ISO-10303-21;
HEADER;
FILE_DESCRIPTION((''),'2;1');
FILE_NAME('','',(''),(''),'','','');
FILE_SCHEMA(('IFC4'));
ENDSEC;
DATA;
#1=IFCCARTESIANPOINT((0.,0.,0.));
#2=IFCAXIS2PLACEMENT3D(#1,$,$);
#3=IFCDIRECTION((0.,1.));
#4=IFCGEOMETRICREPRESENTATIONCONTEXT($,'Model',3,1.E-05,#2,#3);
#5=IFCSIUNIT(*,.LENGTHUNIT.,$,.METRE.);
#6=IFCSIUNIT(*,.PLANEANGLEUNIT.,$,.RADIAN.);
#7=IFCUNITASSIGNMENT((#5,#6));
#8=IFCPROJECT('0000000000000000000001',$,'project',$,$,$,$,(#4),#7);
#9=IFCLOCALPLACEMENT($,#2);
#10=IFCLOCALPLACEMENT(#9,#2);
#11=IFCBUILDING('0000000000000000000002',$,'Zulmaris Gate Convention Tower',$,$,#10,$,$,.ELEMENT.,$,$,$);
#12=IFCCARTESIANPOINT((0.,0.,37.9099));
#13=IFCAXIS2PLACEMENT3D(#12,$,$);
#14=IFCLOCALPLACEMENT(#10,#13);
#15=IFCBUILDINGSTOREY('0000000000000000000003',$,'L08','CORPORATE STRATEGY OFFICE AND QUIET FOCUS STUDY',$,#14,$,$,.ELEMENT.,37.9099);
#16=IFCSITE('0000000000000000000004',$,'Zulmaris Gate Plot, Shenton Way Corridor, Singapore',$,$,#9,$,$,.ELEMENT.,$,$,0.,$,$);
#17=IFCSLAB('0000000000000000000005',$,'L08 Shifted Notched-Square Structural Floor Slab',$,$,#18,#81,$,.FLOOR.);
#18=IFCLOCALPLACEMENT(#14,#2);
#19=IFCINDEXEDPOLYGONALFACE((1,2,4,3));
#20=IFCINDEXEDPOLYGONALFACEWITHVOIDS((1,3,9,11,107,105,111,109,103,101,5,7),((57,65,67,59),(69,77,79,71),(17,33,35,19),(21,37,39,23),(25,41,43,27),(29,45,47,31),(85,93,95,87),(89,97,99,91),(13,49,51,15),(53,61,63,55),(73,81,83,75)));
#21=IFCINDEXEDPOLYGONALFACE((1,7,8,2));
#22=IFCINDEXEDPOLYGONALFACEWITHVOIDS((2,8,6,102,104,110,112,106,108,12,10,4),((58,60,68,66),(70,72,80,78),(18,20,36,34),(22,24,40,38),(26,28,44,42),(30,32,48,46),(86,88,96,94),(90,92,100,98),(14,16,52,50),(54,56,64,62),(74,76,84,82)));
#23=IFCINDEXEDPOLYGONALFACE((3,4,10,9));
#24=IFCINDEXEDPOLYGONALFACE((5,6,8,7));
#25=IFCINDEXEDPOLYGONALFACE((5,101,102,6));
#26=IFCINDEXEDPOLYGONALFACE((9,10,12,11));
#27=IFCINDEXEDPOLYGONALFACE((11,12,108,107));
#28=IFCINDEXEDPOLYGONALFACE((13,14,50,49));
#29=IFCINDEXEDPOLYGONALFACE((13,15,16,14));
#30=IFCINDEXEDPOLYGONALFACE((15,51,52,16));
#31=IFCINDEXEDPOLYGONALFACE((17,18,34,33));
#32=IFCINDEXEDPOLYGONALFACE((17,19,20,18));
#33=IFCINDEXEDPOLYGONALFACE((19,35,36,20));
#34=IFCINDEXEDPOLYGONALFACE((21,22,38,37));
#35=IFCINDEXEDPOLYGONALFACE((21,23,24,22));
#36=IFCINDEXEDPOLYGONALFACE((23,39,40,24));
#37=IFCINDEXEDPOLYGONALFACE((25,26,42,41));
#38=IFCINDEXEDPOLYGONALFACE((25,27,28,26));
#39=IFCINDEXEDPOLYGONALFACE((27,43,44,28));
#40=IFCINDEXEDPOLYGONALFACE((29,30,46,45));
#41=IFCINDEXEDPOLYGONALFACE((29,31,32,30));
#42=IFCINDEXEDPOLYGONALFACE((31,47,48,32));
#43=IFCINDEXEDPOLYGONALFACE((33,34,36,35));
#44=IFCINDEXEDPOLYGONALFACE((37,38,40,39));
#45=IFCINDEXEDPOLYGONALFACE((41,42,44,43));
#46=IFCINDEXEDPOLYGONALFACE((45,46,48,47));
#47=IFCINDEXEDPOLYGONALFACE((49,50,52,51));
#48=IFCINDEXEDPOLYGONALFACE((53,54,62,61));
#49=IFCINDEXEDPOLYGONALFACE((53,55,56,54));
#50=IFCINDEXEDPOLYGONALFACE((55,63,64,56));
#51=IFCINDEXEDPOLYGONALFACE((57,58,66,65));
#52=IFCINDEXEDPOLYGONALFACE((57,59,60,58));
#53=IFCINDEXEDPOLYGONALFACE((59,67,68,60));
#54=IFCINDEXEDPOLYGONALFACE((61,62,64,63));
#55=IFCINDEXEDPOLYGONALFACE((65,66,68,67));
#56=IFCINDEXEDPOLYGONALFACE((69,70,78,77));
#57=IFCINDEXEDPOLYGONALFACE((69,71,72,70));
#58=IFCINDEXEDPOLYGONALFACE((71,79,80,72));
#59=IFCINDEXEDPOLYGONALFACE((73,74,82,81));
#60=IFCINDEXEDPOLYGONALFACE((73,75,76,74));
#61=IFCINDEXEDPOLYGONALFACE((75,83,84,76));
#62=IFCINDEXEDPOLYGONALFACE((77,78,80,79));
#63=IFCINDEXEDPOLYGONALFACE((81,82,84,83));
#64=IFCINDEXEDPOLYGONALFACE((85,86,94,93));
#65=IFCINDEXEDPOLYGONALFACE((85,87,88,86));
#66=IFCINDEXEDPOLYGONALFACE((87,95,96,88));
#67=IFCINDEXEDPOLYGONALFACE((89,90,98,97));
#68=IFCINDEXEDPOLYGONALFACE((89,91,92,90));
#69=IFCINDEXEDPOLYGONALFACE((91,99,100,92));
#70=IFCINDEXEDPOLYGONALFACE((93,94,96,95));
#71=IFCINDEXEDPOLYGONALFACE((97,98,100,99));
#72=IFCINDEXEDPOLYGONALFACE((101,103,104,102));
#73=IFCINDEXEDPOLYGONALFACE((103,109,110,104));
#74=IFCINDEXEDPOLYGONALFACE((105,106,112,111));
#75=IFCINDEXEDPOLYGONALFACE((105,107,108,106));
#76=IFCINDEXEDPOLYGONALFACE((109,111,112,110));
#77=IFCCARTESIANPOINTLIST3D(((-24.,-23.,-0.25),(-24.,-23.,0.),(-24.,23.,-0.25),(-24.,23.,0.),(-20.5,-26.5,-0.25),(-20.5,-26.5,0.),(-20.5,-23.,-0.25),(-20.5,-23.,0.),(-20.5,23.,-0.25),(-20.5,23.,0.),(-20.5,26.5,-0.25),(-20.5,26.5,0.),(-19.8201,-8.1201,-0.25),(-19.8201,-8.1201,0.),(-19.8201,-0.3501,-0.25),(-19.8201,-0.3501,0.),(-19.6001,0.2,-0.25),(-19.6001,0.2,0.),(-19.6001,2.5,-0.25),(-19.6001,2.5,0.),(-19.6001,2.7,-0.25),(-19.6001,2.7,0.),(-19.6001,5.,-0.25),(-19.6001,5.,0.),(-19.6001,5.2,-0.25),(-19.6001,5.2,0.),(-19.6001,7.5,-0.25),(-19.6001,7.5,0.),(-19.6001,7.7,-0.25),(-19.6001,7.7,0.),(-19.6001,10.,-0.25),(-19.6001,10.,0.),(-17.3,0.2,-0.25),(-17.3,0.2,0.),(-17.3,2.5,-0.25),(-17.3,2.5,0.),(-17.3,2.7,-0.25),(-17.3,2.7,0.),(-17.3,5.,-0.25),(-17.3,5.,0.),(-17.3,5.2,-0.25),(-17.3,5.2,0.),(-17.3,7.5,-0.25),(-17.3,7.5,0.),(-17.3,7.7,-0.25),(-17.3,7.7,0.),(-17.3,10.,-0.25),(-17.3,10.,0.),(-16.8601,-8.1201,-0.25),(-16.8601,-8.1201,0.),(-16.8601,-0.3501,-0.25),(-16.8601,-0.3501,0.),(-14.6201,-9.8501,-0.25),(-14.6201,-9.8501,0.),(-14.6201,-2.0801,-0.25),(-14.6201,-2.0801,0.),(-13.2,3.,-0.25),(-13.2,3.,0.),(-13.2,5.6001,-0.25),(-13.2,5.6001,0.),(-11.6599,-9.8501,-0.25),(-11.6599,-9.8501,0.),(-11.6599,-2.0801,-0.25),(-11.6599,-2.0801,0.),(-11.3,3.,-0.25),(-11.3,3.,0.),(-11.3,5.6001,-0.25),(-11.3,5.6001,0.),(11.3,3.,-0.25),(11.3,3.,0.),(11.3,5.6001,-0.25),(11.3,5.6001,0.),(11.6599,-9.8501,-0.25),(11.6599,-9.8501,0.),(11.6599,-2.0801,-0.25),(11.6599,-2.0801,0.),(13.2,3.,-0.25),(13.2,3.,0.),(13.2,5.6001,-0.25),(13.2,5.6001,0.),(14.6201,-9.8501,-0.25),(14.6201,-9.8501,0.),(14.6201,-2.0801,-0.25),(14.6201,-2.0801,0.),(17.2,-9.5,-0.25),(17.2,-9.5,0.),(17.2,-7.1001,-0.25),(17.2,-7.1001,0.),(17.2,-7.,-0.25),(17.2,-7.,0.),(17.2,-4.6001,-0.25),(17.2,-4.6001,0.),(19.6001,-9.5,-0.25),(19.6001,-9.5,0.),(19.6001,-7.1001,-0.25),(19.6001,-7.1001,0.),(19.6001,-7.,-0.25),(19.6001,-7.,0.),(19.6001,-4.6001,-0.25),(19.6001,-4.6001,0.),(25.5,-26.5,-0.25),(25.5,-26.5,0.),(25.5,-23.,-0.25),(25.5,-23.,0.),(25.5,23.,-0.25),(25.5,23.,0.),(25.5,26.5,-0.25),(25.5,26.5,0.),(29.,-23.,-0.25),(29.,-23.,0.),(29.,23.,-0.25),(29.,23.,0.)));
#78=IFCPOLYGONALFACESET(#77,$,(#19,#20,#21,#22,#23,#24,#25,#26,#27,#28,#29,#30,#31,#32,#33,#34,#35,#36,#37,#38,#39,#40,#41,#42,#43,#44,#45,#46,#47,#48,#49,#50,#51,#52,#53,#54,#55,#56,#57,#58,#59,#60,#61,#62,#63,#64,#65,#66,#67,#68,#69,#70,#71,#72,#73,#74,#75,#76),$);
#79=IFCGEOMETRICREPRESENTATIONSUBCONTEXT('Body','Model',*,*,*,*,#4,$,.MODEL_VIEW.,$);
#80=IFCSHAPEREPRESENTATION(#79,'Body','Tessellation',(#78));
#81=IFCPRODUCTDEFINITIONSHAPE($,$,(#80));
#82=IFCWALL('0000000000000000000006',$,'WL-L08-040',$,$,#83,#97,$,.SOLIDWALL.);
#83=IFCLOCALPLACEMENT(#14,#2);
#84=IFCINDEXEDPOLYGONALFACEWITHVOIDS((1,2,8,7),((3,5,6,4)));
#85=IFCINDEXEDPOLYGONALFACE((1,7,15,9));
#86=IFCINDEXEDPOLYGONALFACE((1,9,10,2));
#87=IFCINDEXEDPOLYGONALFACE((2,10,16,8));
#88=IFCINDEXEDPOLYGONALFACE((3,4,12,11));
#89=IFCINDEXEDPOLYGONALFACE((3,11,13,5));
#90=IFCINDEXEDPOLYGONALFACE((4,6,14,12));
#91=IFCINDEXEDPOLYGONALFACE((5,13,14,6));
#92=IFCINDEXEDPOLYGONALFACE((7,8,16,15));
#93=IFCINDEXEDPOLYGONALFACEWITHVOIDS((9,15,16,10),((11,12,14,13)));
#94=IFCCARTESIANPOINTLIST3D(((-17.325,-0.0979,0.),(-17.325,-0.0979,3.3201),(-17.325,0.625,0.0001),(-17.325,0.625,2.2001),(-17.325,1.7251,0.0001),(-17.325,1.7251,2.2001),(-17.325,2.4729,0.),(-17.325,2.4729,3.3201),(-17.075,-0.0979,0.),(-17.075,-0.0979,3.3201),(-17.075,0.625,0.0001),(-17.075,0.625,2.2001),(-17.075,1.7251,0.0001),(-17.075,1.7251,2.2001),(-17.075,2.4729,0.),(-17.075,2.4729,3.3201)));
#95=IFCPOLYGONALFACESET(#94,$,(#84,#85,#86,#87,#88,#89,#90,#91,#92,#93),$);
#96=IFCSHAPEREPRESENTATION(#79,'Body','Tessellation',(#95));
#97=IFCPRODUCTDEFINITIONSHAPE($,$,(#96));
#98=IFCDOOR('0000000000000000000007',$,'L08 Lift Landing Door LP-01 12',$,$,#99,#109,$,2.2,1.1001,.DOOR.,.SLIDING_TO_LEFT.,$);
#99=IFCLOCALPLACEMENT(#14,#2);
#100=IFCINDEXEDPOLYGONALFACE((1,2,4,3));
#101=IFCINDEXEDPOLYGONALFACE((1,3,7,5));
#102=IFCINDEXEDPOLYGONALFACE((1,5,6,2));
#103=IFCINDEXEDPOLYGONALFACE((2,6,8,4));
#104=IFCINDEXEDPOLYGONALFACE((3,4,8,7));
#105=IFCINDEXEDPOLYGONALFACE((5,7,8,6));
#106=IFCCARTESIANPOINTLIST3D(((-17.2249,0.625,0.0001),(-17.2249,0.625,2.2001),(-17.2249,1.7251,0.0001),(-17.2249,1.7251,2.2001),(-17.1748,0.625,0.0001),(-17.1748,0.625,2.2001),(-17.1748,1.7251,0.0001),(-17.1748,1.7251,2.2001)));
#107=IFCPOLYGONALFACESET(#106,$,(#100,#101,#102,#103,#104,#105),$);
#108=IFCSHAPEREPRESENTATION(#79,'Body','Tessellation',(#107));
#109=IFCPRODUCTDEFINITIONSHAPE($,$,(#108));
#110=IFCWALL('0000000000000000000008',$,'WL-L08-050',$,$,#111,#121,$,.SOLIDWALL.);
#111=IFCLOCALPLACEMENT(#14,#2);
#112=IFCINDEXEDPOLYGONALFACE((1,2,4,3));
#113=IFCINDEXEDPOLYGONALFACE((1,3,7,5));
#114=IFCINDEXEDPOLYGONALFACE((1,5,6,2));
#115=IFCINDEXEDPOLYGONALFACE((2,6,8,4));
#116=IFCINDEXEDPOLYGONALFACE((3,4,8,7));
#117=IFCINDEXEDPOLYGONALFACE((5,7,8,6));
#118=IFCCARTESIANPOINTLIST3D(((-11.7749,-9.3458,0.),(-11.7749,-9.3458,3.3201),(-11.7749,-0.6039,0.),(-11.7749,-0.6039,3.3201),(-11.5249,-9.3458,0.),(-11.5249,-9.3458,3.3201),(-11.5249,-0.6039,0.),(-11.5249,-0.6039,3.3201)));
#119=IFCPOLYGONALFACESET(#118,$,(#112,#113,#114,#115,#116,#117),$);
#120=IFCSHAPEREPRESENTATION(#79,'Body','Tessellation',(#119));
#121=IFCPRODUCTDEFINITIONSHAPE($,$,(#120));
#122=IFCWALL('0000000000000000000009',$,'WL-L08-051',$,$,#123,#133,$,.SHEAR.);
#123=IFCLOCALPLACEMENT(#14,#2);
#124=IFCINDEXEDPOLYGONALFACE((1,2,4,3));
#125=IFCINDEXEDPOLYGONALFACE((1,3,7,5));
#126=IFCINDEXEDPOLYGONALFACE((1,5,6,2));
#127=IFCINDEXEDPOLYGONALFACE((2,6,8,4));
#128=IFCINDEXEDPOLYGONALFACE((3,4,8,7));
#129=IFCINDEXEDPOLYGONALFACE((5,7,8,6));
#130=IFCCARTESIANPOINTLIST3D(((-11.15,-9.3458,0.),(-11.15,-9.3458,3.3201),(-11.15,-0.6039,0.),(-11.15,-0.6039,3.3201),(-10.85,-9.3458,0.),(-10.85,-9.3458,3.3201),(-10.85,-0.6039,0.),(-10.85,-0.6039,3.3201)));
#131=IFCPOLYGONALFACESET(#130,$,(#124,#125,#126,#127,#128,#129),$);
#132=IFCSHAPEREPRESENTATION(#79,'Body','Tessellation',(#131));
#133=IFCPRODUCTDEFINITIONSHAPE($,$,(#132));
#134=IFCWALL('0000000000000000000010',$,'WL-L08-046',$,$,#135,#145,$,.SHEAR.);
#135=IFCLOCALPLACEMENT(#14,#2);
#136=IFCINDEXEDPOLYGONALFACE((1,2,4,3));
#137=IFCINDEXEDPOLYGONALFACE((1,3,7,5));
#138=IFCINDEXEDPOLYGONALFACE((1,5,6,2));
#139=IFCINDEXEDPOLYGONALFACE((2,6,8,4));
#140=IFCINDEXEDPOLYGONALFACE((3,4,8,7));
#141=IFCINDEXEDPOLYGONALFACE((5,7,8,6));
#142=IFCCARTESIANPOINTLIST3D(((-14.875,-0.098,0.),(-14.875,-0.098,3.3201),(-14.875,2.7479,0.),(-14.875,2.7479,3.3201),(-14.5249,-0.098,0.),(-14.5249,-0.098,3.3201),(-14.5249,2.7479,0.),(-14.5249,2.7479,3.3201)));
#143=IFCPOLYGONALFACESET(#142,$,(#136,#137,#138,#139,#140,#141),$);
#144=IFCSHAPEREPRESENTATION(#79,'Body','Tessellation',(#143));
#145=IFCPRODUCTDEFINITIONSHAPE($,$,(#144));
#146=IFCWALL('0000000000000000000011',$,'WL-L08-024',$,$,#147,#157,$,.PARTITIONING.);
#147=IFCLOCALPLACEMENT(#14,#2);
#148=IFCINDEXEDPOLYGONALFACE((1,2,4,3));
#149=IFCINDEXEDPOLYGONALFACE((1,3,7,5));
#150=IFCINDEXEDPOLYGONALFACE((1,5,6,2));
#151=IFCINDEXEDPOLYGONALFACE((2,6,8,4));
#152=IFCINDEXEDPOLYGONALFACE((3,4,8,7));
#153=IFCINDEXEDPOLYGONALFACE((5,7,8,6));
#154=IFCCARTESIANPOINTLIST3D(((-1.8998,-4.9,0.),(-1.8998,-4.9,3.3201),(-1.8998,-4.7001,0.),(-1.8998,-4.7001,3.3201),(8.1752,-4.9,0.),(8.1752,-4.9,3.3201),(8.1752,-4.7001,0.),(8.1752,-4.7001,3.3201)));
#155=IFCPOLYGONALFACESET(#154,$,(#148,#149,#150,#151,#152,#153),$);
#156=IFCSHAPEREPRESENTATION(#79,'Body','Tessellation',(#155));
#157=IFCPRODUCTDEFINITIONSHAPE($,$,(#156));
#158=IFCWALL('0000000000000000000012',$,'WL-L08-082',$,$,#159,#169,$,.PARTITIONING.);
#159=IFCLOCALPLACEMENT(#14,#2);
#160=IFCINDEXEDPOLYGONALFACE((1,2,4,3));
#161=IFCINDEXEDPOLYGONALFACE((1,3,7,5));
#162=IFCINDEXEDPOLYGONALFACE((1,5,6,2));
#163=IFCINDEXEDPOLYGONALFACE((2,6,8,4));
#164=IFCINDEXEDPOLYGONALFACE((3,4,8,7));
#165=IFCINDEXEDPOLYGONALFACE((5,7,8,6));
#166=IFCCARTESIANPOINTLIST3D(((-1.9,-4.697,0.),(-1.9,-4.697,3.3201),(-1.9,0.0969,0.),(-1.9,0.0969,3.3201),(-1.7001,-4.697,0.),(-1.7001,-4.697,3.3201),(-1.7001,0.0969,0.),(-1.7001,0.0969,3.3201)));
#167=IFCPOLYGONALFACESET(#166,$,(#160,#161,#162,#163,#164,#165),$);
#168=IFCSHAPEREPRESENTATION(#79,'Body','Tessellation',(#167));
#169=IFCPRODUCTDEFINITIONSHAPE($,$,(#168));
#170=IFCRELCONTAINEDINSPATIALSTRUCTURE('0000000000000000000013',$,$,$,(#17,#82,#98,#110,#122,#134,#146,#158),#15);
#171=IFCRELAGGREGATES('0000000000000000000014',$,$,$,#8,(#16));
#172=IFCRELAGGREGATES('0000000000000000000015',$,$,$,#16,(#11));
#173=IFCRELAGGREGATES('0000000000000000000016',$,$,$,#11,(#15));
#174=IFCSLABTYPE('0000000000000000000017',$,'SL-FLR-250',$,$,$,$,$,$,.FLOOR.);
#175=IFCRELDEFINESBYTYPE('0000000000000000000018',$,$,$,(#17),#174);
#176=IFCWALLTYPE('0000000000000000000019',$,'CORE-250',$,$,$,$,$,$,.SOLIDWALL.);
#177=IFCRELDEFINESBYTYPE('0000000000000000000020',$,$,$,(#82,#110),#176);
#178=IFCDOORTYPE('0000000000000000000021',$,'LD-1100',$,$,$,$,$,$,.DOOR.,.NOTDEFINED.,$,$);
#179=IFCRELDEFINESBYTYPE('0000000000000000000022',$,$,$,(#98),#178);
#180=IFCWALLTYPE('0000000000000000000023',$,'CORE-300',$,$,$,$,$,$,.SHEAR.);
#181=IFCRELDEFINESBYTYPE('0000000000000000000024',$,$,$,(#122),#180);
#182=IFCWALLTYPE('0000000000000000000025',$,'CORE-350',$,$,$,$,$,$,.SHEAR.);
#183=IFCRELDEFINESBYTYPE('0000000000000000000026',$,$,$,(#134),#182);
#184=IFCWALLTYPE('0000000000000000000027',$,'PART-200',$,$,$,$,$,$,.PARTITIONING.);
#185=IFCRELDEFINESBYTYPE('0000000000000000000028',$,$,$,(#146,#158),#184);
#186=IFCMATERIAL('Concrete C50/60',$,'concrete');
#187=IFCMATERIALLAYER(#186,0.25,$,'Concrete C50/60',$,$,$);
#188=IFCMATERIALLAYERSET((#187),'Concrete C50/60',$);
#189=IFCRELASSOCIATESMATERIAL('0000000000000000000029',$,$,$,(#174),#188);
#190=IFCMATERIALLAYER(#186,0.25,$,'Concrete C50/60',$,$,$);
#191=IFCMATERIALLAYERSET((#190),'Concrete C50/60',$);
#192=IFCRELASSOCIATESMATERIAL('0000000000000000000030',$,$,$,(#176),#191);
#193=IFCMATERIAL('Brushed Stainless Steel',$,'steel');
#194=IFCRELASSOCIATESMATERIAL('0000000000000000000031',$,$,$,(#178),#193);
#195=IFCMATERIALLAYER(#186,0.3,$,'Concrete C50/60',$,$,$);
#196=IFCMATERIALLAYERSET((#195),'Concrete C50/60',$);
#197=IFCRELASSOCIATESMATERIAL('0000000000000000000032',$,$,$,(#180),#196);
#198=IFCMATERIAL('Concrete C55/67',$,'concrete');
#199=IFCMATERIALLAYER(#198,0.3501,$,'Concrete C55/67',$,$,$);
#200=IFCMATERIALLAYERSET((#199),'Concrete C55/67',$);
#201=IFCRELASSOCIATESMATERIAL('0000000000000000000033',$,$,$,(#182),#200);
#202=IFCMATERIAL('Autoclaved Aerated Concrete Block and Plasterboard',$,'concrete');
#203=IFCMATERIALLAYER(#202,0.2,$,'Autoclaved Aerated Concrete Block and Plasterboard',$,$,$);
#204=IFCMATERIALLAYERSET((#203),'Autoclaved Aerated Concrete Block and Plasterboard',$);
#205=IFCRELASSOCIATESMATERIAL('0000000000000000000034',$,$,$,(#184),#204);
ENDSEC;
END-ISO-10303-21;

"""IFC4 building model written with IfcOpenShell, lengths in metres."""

from ifc_helpers import new_model, si_unit, direction, frame, frame_2d, origin, place, context, subcontext, project, spatial, polyline, rectangle, outline, extrude, material, layer, layer_set, type_object, element, fill, save


model = new_model("IFC4")

# Units and contexts
model_context = context("Model", 3, precision=1e-05, world=origin(), true_north=direction((0.0, 1.0)))
body_context = subcontext(model_context, "Body", "Model", "MODEL_VIEW")
ifc_project = project(units=[si_unit("LENGTHUNIT", "METRE"), si_unit("PLANEANGLEUNIT", "RADIAN")], contexts=[model_context])

# Site, building, storey
site_placement = place(None, origin())
site = spatial("IfcSite", under=ifc_project, at=site_placement, Name="Zulmaris Gate Plot, Shenton Way Corridor, Singapore", CompositionType="ELEMENT", RefElevation=0.0)
building_placement = place(site_placement, origin())
building = spatial("IfcBuilding", under=site, at=building_placement, Name="Zulmaris Gate Convention Tower", CompositionType="ELEMENT")
storey_placement = place(building_placement, frame((0.0, 0.0, 37.9099)))
storey = spatial("IfcBuildingStorey", under=building, at=storey_placement, Name="L08", Description="CORPORATE STRATEGY OFFICE AND QUIET FOCUS STUDY", CompositionType="ELEMENT", Elevation=37.9099)

# Slab
ifc_material_1 = material(Name="Concrete C50/60", Category="concrete")
ifc_layer_1 = layer(ifc_material_1, 0.25, Name="Concrete C50/60")
ifc_layer_set_1 = layer_set([ifc_layer_1], Name="Concrete C50/60")
slab_type_1 = type_object("IfcSlabType", Name="SL-FLR-250", PredefinedType="FLOOR", material=ifc_layer_set_1)
slab_1_placement = place(storey_placement, frame((0.0, 0.0, -0.25)))
element("IfcSlab", 1, at=slab_1_placement, inside=storey, type_object=slab_type_1, Name="L08 Shifted Notched-Square Structural Floor Slab", PredefinedType="FLOOR", context=body_context, shape_type="SweptSolid", body=[
    extrude(outline(polyline([(-20.5, -26.5), (25.5, -26.5), (25.5, -23.0), (29.0, -23.0), (29.0, 23.0), (25.5, 23.0), (25.5, 26.5), (-20.5, 26.5), (-20.5, 23.0), (-24.0, 23.0), (-24.0, -23.0), (-20.5, -23.0), (-20.5, -26.5)]), holes=[polyline([(-14.6201, -2.0801), (-14.6201, -9.8501), (-11.6599, -9.8501), (-11.6599, -2.0801), (-14.6201, -2.0801)]), polyline([(11.6599, -2.0801), (11.6599, -9.8501), (14.6201, -9.8501), (14.6201, -2.0801), (11.6599, -2.0801)]), polyline([(-16.8601, -8.1201), (-16.8601, -0.3501), (-19.8201, -0.3501), (-19.8201, -8.1201), (-16.8601, -8.1201)]), polyline([(-13.2, 3.0), (-11.3, 3.0), (-11.3, 5.6001), (-13.2, 5.6001), (-13.2, 3.0)]), polyline([(11.3, 3.0), (13.2, 3.0), (13.2, 5.6001), (11.3, 5.6001), (11.3, 3.0)]), polyline([(-19.6001, 0.2), (-17.3, 0.2), (-17.3, 2.5), (-19.6001, 2.5), (-19.6001, 0.2)]), polyline([(-19.6001, 2.7), (-17.3, 2.7), (-17.3, 5.0), (-19.6001, 5.0), (-19.6001, 2.7)]), polyline([(-19.6001, 5.2), (-17.3, 5.2), (-17.3, 7.5), (-19.6001, 7.5), (-19.6001, 5.2)]), polyline([(-19.6001, 7.7), (-17.3, 7.7), (-17.3, 10.0), (-19.6001, 10.0), (-19.6001, 7.7)]), polyline([(17.2, -9.5), (19.6001, -9.5), (19.6001, -7.1001), (17.2, -7.1001), (17.2, -9.5)]), polyline([(17.2, -7.0), (19.6001, -7.0), (19.6001, -4.6001), (17.2, -4.6001), (17.2, -7.0)])]), origin(), (0.0, 0.0, 1.0), 0.25),
])

# Wall, opening, door
ifc_layer_2 = layer(ifc_material_1, 0.25, Name="Concrete C50/60")
ifc_layer_set_2 = layer_set([ifc_layer_2], Name="Concrete C50/60")
wall_type_1 = type_object("IfcWallType", Name="CORE-250", PredefinedType="SOLIDWALL", material=ifc_layer_set_2)
wall_1_placement = place(storey_placement, frame((-17.2, -0.0979, 0.0), z_axis=(0.0, 0.0, 1.0), x_axis=(0.0, 1.0, 0.0)))
wall_1 = element("IfcWall", 2, at=wall_1_placement, inside=storey, type_object=wall_type_1, Name="WL-L08-040", PredefinedType="SOLIDWALL", context=body_context, shape_type="SweptSolid", body=[
    extrude(rectangle(XDim=2.5708, YDim=0.25, at=frame_2d((1.2854, 0.0))), origin(), (0.0, 0.0, 1.0), 3.3201),
])
opening_placement = place(wall_1_placement, frame((0.7229, 0.0, 0.0)))
opening = element("IfcOpeningElement", 3, at=opening_placement, cuts=wall_1, PredefinedType="OPENING", context=body_context, shape_type="SweptSolid", body=[
    extrude(rectangle(XDim=1.1001, YDim=2.2, at=frame_2d((0.55, 1.1001))), frame((0.0, 0.135, 0.0), z_axis=(0.0, -1.0, 0.0), x_axis=(1.0, 0.0, 0.0)), (0.0, 0.0, 1.0), 0.27),
])
ifc_material_2 = material(Name="Brushed Stainless Steel", Category="steel")
door_type = type_object("IfcDoorType", Name="LD-1100", OperationType="NOTDEFINED", PredefinedType="DOOR", material=ifc_material_2)
door_placement = place(opening_placement, origin())
door = element("IfcDoor", 4, at=door_placement, inside=storey, type_object=door_type, Name="L08 Lift Landing Door LP-01 12", OperationType="SLIDING_TO_LEFT", OverallHeight=2.2, OverallWidth=1.1001, PredefinedType="DOOR", context=body_context, shape_type="SweptSolid", body=[
    extrude(rectangle(XDim=1.1001, YDim=2.2, at=frame_2d((0.55, 1.1001))), frame((0.0, 0.0249, 0.0), z_axis=(0.0, -1.0, 0.0), x_axis=(1.0, 0.0, 0.0)), (0.0, 0.0, 1.0), 0.05),
])
fill(opening, door)

# Walls
wall_2_placement = place(storey_placement, frame((-11.6499, -9.3459, 0.0), z_axis=(0.0, 0.0, 1.0), x_axis=(0.0, 1.0, 0.0)))
element("IfcWall", 5, at=wall_2_placement, inside=storey, type_object=wall_type_1, Name="WL-L08-050", PredefinedType="SOLIDWALL", context=body_context, shape_type="SweptSolid", body=[
    extrude(rectangle(XDim=8.7419, YDim=0.25, at=frame_2d((4.3711, 0.0))), origin(), (0.0, 0.0, 1.0), 3.3201),
])
ifc_layer_3 = layer(ifc_material_1, 0.3, Name="Concrete C50/60")
ifc_layer_set_3 = layer_set([ifc_layer_3], Name="Concrete C50/60")
wall_type_2 = type_object("IfcWallType", Name="CORE-300", PredefinedType="SHEAR", material=ifc_layer_set_3)
wall_3_placement = place(storey_placement, frame((-11.0, -9.3459, 0.0), z_axis=(0.0, 0.0, 1.0), x_axis=(0.0, 1.0, 0.0)))
element("IfcWall", 6, at=wall_3_placement, inside=storey, type_object=wall_type_2, Name="WL-L08-051", PredefinedType="SHEAR", context=body_context, shape_type="SweptSolid", body=[
    extrude(rectangle(XDim=8.7419, YDim=0.3, at=frame_2d((4.3711, 0.0))), origin(), (0.0, 0.0, 1.0), 3.3201),
])
ifc_material_3 = material(Name="Concrete C55/67", Category="concrete")
ifc_layer_4 = layer(ifc_material_3, 0.3501, Name="Concrete C55/67")
ifc_layer_set_4 = layer_set([ifc_layer_4], Name="Concrete C55/67")
wall_type_3 = type_object("IfcWallType", Name="CORE-350", PredefinedType="SHEAR", material=ifc_layer_set_4)
wall_4_placement = place(storey_placement, frame((-14.7, -0.0979, 0.0), z_axis=(0.0, 0.0, 1.0), x_axis=(0.0, 1.0, 0.0)))
element("IfcWall", 7, at=wall_4_placement, inside=storey, type_object=wall_type_3, Name="WL-L08-046", PredefinedType="SHEAR", context=body_context, shape_type="SweptSolid", body=[
    extrude(rectangle(XDim=2.8459, YDim=0.3501, at=frame_2d((1.4229, 0.0))), origin(), (0.0, 0.0, 1.0), 3.3201),
])
ifc_material_4 = material(Name="Autoclaved Aerated Concrete Block and Plasterboard", Category="concrete")
ifc_layer_5 = layer(ifc_material_4, 0.2, Name="Autoclaved Aerated Concrete Block and Plasterboard")
ifc_layer_set_5 = layer_set([ifc_layer_5], Name="Autoclaved Aerated Concrete Block and Plasterboard")
wall_type_4 = type_object("IfcWallType", Name="PART-200", PredefinedType="PARTITIONING", material=ifc_layer_set_5)
wall_5_placement = place(storey_placement, frame((-1.8999, -4.8, 0.0), z_axis=(0.0, 0.0, 1.0), x_axis=(1.0, 0.0, 0.0)))
element("IfcWall", 8, at=wall_5_placement, inside=storey, type_object=wall_type_4, Name="WL-L08-024", PredefinedType="PARTITIONING", context=body_context, shape_type="SweptSolid", body=[
    extrude(rectangle(XDim=10.075, YDim=0.2, at=frame_2d((5.0376, 0.0))), origin(), (0.0, 0.0, 1.0), 3.3201),
])
wall_6_placement = place(storey_placement, frame((-1.8, -4.697, 0.0), z_axis=(0.0, 0.0, 1.0), x_axis=(0.0, 1.0, 0.0)))
element("IfcWall", 9, at=wall_6_placement, inside=storey, type_object=wall_type_4, Name="WL-L08-082", PredefinedType="PARTITIONING", context=body_context, shape_type="SweptSolid", body=[
    extrude(rectangle(XDim=4.7939, YDim=0.2, at=frame_2d((2.397, 0.0))), origin(), (0.0, 0.0, 1.0), 3.3201),
])

save(model, "model.ifc")
